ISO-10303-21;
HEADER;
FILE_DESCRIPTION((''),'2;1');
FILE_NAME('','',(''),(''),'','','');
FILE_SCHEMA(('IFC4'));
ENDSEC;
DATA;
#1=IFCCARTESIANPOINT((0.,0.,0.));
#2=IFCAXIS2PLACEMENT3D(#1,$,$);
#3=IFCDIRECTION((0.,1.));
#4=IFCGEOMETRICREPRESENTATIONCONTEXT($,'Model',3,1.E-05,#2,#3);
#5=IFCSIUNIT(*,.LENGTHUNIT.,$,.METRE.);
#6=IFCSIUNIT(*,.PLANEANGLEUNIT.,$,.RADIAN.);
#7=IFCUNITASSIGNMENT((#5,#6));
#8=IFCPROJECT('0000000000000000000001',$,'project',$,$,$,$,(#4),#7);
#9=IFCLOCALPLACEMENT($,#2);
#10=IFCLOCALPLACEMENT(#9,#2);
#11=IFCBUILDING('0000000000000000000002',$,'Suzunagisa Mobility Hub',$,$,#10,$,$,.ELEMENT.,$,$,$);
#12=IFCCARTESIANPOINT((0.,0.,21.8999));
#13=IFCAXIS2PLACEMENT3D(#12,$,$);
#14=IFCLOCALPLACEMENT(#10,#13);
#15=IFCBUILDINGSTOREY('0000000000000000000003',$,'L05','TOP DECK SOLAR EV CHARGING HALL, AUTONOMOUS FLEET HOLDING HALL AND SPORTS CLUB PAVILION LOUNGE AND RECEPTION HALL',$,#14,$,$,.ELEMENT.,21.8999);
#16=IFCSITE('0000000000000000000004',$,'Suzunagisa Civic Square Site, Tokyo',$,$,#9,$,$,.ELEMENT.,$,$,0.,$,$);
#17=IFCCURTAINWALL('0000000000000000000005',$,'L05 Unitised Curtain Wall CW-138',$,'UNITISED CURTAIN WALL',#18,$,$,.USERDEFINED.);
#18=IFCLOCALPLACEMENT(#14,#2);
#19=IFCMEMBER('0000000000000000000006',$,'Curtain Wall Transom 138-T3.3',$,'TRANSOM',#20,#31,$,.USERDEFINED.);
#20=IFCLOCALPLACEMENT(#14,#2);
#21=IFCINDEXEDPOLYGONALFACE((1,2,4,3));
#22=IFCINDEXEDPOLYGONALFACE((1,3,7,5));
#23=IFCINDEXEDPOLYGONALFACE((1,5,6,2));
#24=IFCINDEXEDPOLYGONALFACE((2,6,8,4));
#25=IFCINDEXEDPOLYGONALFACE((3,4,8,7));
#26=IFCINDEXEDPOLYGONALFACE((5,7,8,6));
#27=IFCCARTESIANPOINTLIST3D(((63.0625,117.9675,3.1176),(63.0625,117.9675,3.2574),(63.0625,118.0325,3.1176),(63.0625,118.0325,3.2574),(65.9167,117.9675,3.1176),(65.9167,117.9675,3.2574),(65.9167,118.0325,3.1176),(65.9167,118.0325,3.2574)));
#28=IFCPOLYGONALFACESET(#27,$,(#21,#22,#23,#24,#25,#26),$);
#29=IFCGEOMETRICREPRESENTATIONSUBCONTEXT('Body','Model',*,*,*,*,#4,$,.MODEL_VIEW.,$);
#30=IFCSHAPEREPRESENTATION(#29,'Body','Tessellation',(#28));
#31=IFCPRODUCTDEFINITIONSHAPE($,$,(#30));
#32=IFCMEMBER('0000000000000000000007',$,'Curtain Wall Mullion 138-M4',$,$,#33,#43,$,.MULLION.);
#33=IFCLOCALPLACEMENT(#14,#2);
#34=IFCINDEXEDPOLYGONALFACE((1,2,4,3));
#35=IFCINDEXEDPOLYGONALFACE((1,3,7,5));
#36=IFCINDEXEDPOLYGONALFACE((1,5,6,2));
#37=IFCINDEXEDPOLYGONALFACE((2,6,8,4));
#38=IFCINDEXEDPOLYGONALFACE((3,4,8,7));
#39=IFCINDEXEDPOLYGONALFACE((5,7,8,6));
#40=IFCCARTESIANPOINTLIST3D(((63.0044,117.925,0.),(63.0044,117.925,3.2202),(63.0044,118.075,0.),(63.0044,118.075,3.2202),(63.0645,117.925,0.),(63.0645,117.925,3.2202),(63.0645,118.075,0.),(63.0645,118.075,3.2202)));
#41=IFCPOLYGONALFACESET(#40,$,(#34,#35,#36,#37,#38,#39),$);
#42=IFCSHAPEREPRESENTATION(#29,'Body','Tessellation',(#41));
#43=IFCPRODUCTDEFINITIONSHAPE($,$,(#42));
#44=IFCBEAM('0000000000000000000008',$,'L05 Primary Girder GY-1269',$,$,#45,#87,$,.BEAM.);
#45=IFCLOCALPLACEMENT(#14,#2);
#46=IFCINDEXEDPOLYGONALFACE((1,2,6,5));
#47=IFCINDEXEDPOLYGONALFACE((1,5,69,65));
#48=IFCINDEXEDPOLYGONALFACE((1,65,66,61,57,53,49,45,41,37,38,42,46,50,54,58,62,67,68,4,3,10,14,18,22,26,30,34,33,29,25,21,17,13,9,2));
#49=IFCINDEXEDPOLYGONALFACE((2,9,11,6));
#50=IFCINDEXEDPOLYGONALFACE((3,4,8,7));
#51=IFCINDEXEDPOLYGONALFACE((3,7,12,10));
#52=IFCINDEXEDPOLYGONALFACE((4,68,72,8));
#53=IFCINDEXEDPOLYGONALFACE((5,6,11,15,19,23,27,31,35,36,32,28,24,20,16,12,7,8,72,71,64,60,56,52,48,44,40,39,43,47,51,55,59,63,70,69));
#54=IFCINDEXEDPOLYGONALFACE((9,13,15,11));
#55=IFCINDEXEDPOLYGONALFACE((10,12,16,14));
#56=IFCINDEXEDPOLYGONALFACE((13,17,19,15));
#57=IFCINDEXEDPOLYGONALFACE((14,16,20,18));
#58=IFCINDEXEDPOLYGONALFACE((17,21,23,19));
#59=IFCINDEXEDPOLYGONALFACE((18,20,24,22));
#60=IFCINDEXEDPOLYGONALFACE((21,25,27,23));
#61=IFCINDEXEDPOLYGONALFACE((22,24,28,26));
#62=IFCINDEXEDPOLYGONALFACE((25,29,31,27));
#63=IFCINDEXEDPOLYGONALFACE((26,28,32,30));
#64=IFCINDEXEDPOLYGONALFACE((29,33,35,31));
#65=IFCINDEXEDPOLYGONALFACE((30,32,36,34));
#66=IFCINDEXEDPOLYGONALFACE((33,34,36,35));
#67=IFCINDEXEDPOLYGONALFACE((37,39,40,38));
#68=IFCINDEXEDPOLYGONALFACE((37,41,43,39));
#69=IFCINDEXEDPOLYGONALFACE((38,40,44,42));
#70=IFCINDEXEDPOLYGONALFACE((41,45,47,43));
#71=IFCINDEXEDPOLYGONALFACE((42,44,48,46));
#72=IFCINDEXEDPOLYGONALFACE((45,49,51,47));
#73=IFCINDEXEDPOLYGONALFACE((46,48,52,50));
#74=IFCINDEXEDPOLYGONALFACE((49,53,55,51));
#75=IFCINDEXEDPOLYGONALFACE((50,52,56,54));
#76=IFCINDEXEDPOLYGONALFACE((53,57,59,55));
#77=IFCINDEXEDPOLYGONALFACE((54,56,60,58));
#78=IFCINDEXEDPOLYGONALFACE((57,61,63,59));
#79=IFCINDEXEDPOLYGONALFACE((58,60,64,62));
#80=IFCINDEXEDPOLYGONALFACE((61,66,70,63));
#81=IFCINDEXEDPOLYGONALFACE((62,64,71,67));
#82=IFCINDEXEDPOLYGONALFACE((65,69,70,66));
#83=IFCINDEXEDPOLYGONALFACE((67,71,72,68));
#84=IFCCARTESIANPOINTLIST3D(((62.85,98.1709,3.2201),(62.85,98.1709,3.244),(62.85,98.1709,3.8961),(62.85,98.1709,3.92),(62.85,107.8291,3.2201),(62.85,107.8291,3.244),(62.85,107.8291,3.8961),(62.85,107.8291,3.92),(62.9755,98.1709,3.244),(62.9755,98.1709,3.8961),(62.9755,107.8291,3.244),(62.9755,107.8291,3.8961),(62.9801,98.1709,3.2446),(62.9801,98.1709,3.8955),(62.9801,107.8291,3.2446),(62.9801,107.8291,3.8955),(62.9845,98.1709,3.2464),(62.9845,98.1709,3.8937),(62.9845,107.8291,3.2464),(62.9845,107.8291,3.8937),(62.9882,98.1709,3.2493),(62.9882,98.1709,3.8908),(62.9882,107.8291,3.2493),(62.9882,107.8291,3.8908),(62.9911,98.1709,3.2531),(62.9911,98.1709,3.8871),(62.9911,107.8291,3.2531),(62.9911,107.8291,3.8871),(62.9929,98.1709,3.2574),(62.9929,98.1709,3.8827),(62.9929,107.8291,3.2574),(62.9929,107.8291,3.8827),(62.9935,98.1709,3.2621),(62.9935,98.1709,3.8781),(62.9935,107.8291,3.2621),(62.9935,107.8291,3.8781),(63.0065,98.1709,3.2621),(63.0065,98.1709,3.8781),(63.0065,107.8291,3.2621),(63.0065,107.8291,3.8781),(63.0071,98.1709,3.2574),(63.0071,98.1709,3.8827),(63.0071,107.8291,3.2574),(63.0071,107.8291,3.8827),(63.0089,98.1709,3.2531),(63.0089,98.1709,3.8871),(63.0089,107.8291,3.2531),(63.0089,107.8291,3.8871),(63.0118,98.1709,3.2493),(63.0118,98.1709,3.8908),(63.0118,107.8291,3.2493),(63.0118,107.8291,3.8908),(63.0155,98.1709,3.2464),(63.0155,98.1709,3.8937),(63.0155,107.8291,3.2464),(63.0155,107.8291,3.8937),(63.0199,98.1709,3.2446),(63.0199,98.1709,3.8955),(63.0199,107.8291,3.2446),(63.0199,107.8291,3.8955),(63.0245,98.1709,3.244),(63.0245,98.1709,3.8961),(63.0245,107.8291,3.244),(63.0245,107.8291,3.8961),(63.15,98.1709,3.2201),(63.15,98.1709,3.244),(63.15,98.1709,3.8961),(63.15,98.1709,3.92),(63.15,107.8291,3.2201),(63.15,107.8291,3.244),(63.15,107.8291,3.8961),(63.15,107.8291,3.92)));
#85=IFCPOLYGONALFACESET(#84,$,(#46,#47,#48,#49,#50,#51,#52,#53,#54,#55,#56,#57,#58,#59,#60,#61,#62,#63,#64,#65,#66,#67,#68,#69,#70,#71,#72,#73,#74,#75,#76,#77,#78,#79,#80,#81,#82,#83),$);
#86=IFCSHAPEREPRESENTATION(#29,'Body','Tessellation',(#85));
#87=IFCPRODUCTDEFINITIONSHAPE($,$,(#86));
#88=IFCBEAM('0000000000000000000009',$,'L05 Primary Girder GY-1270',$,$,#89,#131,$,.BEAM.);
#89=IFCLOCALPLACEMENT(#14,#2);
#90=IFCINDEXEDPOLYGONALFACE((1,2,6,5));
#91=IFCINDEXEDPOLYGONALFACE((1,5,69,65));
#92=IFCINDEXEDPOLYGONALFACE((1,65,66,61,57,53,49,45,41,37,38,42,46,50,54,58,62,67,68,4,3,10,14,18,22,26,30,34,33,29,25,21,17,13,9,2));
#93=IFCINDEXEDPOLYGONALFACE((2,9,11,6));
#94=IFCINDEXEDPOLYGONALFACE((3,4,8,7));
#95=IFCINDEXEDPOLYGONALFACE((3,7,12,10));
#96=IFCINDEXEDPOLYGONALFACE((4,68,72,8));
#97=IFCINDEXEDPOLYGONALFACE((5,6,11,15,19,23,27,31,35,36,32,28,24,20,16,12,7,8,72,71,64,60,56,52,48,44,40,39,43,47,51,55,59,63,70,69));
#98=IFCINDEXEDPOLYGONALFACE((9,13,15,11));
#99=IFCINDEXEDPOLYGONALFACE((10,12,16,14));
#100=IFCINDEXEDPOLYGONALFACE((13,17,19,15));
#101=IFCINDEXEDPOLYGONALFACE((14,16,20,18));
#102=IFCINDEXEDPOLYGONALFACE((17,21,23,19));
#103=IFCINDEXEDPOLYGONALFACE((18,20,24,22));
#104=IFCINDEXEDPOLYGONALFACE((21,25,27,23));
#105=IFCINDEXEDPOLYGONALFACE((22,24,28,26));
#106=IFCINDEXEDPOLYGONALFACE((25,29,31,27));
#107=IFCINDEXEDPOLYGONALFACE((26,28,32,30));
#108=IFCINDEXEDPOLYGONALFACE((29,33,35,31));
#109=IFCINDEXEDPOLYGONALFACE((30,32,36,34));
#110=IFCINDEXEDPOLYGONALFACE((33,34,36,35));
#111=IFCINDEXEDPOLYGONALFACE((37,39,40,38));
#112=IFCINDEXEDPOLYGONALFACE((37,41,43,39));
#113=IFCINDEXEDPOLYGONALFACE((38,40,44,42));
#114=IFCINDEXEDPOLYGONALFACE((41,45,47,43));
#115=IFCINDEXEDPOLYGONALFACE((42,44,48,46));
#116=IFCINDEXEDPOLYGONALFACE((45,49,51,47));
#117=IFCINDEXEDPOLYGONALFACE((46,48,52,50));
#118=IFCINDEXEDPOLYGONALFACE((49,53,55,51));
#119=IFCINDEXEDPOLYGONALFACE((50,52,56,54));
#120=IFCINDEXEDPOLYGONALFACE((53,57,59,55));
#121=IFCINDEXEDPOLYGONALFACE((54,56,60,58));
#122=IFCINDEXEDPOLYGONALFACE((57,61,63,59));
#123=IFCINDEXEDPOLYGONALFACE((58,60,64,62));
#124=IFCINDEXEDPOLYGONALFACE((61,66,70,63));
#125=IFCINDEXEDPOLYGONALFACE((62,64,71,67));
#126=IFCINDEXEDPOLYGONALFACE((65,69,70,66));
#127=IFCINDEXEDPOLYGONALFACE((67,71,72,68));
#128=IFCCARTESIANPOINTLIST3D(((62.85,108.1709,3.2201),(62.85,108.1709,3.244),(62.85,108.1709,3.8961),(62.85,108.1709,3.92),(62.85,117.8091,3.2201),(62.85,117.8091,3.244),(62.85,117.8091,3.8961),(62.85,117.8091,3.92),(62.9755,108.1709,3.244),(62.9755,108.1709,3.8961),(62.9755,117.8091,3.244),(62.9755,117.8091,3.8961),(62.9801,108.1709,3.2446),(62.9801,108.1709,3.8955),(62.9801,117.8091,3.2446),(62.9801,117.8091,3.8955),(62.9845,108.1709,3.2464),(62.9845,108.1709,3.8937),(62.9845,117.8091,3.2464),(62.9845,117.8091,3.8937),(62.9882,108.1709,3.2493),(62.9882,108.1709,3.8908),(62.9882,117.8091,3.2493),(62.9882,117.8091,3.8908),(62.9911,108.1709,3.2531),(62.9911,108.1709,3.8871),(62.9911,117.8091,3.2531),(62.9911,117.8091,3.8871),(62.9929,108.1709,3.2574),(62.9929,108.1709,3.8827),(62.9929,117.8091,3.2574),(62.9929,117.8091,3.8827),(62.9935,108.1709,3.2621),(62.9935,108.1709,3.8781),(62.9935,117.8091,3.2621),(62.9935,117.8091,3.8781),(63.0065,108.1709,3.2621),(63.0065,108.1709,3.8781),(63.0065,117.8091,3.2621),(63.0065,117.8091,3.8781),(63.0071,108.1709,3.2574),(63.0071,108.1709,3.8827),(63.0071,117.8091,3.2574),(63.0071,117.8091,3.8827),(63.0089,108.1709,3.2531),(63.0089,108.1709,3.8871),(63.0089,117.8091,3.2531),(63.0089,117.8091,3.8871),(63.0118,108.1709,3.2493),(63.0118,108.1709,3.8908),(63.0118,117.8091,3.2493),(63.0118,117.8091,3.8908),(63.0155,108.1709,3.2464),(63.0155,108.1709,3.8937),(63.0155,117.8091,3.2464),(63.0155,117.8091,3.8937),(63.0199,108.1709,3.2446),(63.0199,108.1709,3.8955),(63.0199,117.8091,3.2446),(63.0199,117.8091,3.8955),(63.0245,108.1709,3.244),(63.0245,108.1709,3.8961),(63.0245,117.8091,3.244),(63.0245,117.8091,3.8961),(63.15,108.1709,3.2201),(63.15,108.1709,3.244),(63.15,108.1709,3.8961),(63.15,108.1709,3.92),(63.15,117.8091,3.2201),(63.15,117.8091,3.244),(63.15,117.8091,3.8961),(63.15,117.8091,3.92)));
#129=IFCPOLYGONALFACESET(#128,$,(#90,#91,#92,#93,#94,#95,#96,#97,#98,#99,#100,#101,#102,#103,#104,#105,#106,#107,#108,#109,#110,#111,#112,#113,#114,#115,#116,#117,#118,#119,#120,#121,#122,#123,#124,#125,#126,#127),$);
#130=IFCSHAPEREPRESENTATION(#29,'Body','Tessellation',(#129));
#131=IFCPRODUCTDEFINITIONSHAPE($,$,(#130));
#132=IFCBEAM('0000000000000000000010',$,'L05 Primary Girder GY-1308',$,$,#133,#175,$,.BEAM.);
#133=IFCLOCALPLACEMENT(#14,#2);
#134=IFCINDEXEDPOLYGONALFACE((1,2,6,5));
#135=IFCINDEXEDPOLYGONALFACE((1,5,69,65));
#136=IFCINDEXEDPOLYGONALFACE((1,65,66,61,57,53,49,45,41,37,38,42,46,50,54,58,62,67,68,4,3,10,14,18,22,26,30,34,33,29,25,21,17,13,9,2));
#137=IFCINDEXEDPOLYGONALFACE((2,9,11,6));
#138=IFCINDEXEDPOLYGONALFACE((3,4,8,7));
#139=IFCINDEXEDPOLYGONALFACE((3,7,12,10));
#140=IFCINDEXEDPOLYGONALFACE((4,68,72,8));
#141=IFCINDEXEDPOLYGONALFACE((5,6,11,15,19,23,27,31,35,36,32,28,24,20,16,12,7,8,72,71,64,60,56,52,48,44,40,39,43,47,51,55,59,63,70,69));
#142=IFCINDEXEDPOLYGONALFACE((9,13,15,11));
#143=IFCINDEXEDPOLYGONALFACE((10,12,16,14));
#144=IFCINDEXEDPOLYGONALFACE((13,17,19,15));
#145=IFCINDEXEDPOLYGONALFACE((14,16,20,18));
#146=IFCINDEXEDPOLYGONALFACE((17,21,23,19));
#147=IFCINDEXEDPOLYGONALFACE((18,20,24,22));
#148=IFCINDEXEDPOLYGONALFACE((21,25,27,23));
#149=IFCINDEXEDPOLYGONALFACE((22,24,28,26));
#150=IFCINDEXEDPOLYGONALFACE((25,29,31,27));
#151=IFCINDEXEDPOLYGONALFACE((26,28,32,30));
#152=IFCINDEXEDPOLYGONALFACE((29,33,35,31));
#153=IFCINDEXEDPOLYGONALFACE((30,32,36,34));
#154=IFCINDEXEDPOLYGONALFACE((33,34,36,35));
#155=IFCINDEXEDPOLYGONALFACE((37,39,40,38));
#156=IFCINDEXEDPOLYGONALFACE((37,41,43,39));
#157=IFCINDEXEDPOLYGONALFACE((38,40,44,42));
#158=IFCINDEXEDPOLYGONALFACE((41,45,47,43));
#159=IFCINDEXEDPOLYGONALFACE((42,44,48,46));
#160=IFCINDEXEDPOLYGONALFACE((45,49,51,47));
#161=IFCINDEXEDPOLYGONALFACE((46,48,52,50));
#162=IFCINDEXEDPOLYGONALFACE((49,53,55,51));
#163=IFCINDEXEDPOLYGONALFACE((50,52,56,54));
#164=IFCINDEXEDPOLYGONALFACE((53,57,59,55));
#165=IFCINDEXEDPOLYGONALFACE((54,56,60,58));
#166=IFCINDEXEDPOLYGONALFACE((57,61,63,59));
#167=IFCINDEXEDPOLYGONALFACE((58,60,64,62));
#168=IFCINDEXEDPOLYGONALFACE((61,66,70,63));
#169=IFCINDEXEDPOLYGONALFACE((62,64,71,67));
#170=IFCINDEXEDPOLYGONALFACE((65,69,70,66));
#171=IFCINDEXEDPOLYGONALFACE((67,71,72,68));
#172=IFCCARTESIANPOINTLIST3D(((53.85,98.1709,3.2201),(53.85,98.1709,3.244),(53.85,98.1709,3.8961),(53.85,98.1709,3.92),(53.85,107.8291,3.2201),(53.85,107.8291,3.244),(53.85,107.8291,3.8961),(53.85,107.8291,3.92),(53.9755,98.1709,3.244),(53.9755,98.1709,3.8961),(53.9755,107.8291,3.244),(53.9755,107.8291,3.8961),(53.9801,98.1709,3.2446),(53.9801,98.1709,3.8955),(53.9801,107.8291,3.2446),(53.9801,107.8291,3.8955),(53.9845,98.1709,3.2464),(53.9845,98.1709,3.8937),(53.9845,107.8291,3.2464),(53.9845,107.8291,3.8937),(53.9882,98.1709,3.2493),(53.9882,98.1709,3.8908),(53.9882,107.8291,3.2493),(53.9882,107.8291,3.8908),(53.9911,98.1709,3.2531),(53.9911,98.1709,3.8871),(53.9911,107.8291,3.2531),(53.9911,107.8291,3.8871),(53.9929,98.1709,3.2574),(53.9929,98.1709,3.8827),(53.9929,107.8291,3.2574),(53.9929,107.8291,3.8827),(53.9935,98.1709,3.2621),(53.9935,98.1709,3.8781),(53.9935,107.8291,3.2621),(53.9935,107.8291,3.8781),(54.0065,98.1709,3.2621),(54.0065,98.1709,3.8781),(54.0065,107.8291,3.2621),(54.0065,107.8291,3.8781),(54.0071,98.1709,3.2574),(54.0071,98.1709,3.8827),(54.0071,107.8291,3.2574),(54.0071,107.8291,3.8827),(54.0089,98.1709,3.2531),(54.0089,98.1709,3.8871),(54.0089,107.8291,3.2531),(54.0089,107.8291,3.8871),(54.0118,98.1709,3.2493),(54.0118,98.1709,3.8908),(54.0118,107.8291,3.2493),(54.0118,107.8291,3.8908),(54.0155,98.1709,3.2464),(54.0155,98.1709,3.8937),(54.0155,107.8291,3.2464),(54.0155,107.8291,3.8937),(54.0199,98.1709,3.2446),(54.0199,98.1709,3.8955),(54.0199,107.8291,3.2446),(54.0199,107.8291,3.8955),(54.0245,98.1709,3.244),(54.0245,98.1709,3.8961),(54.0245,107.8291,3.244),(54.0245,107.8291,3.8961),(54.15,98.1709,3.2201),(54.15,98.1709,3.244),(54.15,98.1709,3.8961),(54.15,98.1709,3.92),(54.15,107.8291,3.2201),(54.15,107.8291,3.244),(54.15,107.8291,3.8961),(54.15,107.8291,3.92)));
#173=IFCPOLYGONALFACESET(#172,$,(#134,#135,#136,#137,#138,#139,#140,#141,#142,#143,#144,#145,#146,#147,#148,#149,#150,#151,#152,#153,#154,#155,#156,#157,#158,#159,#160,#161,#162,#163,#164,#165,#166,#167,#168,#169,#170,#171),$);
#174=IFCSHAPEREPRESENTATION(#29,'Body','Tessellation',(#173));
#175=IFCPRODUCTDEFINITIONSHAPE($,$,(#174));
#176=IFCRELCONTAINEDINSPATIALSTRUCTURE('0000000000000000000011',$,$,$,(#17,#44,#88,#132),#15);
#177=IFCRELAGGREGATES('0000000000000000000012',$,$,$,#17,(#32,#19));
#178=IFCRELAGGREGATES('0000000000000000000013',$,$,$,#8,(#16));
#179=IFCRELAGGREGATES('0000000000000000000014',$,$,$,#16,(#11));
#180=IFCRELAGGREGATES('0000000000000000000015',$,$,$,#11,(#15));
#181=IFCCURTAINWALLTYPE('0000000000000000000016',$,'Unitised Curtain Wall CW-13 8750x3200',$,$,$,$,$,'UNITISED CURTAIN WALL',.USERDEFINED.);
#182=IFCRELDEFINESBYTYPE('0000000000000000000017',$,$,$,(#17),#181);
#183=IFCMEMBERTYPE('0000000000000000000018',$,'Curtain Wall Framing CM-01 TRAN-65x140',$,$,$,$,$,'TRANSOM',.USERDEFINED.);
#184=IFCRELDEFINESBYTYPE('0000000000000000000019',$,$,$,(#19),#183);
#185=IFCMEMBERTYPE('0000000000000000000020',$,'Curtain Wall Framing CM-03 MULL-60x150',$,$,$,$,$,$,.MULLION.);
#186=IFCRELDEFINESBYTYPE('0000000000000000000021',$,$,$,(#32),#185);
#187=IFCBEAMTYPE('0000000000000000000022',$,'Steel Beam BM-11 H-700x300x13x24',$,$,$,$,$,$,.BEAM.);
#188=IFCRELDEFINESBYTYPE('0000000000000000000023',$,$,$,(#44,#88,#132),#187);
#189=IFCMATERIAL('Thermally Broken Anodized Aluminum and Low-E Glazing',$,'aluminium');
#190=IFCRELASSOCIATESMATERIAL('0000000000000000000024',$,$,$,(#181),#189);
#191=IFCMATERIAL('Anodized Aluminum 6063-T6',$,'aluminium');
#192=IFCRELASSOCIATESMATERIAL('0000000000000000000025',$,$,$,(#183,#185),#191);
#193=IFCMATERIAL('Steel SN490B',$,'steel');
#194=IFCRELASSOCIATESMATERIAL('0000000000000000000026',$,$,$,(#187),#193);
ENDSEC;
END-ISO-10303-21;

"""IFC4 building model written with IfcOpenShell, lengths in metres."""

from ifc_helpers import new_model, si_unit, direction, frame, origin, origin_2d, place, context, subcontext, project, spatial, rectangle, i_section, extrude, material, material_profile, profile_set, type_object, element, aggregate, save


model = new_model("IFC4")

# Units and contexts
model_context = context("Model", 3, precision=1e-05, world=origin(), true_north=direction((0.0, 1.0)))
body_context = subcontext(model_context, "Body", "Model", "MODEL_VIEW")
ifc_project = project(units=[si_unit("LENGTHUNIT", "METRE"), si_unit("PLANEANGLEUNIT", "RADIAN")], contexts=[model_context])

# Site, building, storey
site_placement = place(None, origin())
site = spatial("IfcSite", under=ifc_project, at=site_placement, Name="Suzunagisa Civic Square Site, Tokyo", CompositionType="ELEMENT", RefElevation=0.0)
building_placement = place(site_placement, origin())
building = spatial("IfcBuilding", under=site, at=building_placement, Name="Suzunagisa Mobility Hub", CompositionType="ELEMENT")
storey_placement = place(building_placement, frame((0.0, 0.0, 21.8999)))
storey = spatial("IfcBuildingStorey", under=building, at=storey_placement, Name="L05", Description="TOP DECK SOLAR EV CHARGING HALL, AUTONOMOUS FLEET HOLDING HALL AND SPORTS CLUB PAVILION LOUNGE AND RECEPTION HALL", CompositionType="ELEMENT", Elevation=21.8999)

# Shared definitions
ifc_material_1 = material(Name="Steel SN490B", Category="steel")

# Curtain wall, members
ifc_material_2 = material(Name="Thermally Broken Anodized Aluminum and Low-E Glazing", Category="aluminium")
curtain_wall_type = type_object("IfcCurtainWallType", Name="Unitised Curtain Wall CW-13 8750x3200", ElementType="UNITISED CURTAIN WALL", PredefinedType="USERDEFINED", material=ifc_material_2)
curtain_wall_placement = place(storey_placement, origin())
curtain_wall = element("IfcCurtainWall", 1, at=curtain_wall_placement, inside=storey, type_object=curtain_wall_type, Name="L05 Unitised Curtain Wall CW-138", ObjectType="UNITISED CURTAIN WALL", PredefinedType="USERDEFINED")
ifc_material_3 = material(Name="Anodized Aluminum 6063-T6", Category="aluminium")
ifc_material_profile_1 = material_profile(ifc_material_3, rectangle(XDim=0.0649, YDim=0.1399, at=origin_2d()), Name="TRAN-65x140")
ifc_profile_set_1 = profile_set([ifc_material_profile_1], Name="Anodized Aluminum 6063-T6")
member_type_1 = type_object("IfcMemberType", Name="Curtain Wall Framing CM-01 TRAN-65x140", ElementType="TRANSOM", PredefinedType="USERDEFINED", material=ifc_profile_set_1)
member_1_placement = place(storey_placement, frame((65.9167, 118.0, 3.1875), z_axis=(-1.0, 0.0, 0.0), x_axis=(0.0, -1.0, 0.0)))
member_1 = element("IfcMember", 2, at=member_1_placement, type_object=member_type_1, Name="Curtain Wall Transom 138-T3.3", ObjectType="TRANSOM", PredefinedType="USERDEFINED", context=body_context, shape_type="SweptSolid", body=[
    extrude(rectangle(XDim=0.0649, YDim=0.1399, at=origin_2d()), origin(), (0.0, 0.0, 1.0), 2.8542),
])
ifc_material_profile_2 = material_profile(ifc_material_3, rectangle(XDim=0.0601, YDim=0.1499, at=origin_2d()), Name="MULL-60x150")
ifc_profile_set_2 = profile_set([ifc_material_profile_2], Name="Anodized Aluminum 6063-T6")
member_type_2 = type_object("IfcMemberType", Name="Curtain Wall Framing CM-03 MULL-60x150", PredefinedType="MULLION", material=ifc_profile_set_2)
member_2_placement = place(storey_placement, frame((63.0344, 118.0, 0.0), z_axis=(0.0, 0.0, 1.0), x_axis=(-1.0, 0.0, 0.0)))
member_2 = element("IfcMember", 3, at=member_2_placement, type_object=member_type_2, Name="Curtain Wall Mullion 138-M4", PredefinedType="MULLION", context=body_context, shape_type="SweptSolid", body=[
    extrude(rectangle(XDim=0.0601, YDim=0.1499, at=origin_2d()), origin(), (0.0, 0.0, 1.0), 3.2202),
])

# Beams
ifc_material_profile_3 = material_profile(ifc_material_1, i_section(OverallWidth=0.3, OverallDepth=0.7, WebThickness=0.0129, FlangeThickness=0.0239, FilletRadius=0.0181, at=origin_2d()), Name="H-700x300x13x24")
ifc_profile_set_3 = profile_set([ifc_material_profile_3], Name="Steel SN490B")
beam_type_1 = type_object("IfcBeamType", Name="Steel Beam BM-11 H-700x300x13x24", PredefinedType="BEAM", material=ifc_profile_set_3)
beam_1_placement = place(storey_placement, frame((63.0, 98.1709, 3.5701), z_axis=(0.0, 1.0, 0.0), x_axis=(-1.0, 0.0, 0.0)))
element("IfcBeam", 4, at=beam_1_placement, inside=storey, type_object=beam_type_1, Name="L05 Primary Girder GY-1269", PredefinedType="BEAM", context=body_context, shape_type="SweptSolid", body=[
    extrude(i_section(OverallWidth=0.3, OverallDepth=0.7, WebThickness=0.0129, FlangeThickness=0.0239, FilletRadius=0.0181, at=origin_2d()), origin(), (0.0, 0.0, 1.0), 9.6582),
])
beam_2_placement = place(storey_placement, frame((63.0, 108.1709, 3.5701), z_axis=(0.0, 1.0, 0.0), x_axis=(-1.0, 0.0, 0.0)))
element("IfcBeam", 5, at=beam_2_placement, inside=storey, type_object=beam_type_1, Name="L05 Primary Girder GY-1270", PredefinedType="BEAM", context=body_context, shape_type="SweptSolid", body=[
    extrude(i_section(OverallWidth=0.3, OverallDepth=0.7, WebThickness=0.0129, FlangeThickness=0.0239, FilletRadius=0.0181, at=origin_2d()), origin(), (0.0, 0.0, 1.0), 9.6382),
])
beam_3_placement = place(storey_placement, frame((54.0, 98.1709, 3.5701), z_axis=(0.0, 1.0, 0.0), x_axis=(-1.0, 0.0, 0.0)))
element("IfcBeam", 6, at=beam_3_placement, inside=storey, type_object=beam_type_1, Name="L05 Primary Girder GY-1308", PredefinedType="BEAM", context=body_context, shape_type="SweptSolid", body=[
    extrude(i_section(OverallWidth=0.3, OverallDepth=0.7, WebThickness=0.0129, FlangeThickness=0.0239, FilletRadius=0.0181, at=origin_2d()), origin(), (0.0, 0.0, 1.0), 9.6582),
])

aggregate(curtain_wall, [member_2, member_1])

save(model, "model.ifc")
